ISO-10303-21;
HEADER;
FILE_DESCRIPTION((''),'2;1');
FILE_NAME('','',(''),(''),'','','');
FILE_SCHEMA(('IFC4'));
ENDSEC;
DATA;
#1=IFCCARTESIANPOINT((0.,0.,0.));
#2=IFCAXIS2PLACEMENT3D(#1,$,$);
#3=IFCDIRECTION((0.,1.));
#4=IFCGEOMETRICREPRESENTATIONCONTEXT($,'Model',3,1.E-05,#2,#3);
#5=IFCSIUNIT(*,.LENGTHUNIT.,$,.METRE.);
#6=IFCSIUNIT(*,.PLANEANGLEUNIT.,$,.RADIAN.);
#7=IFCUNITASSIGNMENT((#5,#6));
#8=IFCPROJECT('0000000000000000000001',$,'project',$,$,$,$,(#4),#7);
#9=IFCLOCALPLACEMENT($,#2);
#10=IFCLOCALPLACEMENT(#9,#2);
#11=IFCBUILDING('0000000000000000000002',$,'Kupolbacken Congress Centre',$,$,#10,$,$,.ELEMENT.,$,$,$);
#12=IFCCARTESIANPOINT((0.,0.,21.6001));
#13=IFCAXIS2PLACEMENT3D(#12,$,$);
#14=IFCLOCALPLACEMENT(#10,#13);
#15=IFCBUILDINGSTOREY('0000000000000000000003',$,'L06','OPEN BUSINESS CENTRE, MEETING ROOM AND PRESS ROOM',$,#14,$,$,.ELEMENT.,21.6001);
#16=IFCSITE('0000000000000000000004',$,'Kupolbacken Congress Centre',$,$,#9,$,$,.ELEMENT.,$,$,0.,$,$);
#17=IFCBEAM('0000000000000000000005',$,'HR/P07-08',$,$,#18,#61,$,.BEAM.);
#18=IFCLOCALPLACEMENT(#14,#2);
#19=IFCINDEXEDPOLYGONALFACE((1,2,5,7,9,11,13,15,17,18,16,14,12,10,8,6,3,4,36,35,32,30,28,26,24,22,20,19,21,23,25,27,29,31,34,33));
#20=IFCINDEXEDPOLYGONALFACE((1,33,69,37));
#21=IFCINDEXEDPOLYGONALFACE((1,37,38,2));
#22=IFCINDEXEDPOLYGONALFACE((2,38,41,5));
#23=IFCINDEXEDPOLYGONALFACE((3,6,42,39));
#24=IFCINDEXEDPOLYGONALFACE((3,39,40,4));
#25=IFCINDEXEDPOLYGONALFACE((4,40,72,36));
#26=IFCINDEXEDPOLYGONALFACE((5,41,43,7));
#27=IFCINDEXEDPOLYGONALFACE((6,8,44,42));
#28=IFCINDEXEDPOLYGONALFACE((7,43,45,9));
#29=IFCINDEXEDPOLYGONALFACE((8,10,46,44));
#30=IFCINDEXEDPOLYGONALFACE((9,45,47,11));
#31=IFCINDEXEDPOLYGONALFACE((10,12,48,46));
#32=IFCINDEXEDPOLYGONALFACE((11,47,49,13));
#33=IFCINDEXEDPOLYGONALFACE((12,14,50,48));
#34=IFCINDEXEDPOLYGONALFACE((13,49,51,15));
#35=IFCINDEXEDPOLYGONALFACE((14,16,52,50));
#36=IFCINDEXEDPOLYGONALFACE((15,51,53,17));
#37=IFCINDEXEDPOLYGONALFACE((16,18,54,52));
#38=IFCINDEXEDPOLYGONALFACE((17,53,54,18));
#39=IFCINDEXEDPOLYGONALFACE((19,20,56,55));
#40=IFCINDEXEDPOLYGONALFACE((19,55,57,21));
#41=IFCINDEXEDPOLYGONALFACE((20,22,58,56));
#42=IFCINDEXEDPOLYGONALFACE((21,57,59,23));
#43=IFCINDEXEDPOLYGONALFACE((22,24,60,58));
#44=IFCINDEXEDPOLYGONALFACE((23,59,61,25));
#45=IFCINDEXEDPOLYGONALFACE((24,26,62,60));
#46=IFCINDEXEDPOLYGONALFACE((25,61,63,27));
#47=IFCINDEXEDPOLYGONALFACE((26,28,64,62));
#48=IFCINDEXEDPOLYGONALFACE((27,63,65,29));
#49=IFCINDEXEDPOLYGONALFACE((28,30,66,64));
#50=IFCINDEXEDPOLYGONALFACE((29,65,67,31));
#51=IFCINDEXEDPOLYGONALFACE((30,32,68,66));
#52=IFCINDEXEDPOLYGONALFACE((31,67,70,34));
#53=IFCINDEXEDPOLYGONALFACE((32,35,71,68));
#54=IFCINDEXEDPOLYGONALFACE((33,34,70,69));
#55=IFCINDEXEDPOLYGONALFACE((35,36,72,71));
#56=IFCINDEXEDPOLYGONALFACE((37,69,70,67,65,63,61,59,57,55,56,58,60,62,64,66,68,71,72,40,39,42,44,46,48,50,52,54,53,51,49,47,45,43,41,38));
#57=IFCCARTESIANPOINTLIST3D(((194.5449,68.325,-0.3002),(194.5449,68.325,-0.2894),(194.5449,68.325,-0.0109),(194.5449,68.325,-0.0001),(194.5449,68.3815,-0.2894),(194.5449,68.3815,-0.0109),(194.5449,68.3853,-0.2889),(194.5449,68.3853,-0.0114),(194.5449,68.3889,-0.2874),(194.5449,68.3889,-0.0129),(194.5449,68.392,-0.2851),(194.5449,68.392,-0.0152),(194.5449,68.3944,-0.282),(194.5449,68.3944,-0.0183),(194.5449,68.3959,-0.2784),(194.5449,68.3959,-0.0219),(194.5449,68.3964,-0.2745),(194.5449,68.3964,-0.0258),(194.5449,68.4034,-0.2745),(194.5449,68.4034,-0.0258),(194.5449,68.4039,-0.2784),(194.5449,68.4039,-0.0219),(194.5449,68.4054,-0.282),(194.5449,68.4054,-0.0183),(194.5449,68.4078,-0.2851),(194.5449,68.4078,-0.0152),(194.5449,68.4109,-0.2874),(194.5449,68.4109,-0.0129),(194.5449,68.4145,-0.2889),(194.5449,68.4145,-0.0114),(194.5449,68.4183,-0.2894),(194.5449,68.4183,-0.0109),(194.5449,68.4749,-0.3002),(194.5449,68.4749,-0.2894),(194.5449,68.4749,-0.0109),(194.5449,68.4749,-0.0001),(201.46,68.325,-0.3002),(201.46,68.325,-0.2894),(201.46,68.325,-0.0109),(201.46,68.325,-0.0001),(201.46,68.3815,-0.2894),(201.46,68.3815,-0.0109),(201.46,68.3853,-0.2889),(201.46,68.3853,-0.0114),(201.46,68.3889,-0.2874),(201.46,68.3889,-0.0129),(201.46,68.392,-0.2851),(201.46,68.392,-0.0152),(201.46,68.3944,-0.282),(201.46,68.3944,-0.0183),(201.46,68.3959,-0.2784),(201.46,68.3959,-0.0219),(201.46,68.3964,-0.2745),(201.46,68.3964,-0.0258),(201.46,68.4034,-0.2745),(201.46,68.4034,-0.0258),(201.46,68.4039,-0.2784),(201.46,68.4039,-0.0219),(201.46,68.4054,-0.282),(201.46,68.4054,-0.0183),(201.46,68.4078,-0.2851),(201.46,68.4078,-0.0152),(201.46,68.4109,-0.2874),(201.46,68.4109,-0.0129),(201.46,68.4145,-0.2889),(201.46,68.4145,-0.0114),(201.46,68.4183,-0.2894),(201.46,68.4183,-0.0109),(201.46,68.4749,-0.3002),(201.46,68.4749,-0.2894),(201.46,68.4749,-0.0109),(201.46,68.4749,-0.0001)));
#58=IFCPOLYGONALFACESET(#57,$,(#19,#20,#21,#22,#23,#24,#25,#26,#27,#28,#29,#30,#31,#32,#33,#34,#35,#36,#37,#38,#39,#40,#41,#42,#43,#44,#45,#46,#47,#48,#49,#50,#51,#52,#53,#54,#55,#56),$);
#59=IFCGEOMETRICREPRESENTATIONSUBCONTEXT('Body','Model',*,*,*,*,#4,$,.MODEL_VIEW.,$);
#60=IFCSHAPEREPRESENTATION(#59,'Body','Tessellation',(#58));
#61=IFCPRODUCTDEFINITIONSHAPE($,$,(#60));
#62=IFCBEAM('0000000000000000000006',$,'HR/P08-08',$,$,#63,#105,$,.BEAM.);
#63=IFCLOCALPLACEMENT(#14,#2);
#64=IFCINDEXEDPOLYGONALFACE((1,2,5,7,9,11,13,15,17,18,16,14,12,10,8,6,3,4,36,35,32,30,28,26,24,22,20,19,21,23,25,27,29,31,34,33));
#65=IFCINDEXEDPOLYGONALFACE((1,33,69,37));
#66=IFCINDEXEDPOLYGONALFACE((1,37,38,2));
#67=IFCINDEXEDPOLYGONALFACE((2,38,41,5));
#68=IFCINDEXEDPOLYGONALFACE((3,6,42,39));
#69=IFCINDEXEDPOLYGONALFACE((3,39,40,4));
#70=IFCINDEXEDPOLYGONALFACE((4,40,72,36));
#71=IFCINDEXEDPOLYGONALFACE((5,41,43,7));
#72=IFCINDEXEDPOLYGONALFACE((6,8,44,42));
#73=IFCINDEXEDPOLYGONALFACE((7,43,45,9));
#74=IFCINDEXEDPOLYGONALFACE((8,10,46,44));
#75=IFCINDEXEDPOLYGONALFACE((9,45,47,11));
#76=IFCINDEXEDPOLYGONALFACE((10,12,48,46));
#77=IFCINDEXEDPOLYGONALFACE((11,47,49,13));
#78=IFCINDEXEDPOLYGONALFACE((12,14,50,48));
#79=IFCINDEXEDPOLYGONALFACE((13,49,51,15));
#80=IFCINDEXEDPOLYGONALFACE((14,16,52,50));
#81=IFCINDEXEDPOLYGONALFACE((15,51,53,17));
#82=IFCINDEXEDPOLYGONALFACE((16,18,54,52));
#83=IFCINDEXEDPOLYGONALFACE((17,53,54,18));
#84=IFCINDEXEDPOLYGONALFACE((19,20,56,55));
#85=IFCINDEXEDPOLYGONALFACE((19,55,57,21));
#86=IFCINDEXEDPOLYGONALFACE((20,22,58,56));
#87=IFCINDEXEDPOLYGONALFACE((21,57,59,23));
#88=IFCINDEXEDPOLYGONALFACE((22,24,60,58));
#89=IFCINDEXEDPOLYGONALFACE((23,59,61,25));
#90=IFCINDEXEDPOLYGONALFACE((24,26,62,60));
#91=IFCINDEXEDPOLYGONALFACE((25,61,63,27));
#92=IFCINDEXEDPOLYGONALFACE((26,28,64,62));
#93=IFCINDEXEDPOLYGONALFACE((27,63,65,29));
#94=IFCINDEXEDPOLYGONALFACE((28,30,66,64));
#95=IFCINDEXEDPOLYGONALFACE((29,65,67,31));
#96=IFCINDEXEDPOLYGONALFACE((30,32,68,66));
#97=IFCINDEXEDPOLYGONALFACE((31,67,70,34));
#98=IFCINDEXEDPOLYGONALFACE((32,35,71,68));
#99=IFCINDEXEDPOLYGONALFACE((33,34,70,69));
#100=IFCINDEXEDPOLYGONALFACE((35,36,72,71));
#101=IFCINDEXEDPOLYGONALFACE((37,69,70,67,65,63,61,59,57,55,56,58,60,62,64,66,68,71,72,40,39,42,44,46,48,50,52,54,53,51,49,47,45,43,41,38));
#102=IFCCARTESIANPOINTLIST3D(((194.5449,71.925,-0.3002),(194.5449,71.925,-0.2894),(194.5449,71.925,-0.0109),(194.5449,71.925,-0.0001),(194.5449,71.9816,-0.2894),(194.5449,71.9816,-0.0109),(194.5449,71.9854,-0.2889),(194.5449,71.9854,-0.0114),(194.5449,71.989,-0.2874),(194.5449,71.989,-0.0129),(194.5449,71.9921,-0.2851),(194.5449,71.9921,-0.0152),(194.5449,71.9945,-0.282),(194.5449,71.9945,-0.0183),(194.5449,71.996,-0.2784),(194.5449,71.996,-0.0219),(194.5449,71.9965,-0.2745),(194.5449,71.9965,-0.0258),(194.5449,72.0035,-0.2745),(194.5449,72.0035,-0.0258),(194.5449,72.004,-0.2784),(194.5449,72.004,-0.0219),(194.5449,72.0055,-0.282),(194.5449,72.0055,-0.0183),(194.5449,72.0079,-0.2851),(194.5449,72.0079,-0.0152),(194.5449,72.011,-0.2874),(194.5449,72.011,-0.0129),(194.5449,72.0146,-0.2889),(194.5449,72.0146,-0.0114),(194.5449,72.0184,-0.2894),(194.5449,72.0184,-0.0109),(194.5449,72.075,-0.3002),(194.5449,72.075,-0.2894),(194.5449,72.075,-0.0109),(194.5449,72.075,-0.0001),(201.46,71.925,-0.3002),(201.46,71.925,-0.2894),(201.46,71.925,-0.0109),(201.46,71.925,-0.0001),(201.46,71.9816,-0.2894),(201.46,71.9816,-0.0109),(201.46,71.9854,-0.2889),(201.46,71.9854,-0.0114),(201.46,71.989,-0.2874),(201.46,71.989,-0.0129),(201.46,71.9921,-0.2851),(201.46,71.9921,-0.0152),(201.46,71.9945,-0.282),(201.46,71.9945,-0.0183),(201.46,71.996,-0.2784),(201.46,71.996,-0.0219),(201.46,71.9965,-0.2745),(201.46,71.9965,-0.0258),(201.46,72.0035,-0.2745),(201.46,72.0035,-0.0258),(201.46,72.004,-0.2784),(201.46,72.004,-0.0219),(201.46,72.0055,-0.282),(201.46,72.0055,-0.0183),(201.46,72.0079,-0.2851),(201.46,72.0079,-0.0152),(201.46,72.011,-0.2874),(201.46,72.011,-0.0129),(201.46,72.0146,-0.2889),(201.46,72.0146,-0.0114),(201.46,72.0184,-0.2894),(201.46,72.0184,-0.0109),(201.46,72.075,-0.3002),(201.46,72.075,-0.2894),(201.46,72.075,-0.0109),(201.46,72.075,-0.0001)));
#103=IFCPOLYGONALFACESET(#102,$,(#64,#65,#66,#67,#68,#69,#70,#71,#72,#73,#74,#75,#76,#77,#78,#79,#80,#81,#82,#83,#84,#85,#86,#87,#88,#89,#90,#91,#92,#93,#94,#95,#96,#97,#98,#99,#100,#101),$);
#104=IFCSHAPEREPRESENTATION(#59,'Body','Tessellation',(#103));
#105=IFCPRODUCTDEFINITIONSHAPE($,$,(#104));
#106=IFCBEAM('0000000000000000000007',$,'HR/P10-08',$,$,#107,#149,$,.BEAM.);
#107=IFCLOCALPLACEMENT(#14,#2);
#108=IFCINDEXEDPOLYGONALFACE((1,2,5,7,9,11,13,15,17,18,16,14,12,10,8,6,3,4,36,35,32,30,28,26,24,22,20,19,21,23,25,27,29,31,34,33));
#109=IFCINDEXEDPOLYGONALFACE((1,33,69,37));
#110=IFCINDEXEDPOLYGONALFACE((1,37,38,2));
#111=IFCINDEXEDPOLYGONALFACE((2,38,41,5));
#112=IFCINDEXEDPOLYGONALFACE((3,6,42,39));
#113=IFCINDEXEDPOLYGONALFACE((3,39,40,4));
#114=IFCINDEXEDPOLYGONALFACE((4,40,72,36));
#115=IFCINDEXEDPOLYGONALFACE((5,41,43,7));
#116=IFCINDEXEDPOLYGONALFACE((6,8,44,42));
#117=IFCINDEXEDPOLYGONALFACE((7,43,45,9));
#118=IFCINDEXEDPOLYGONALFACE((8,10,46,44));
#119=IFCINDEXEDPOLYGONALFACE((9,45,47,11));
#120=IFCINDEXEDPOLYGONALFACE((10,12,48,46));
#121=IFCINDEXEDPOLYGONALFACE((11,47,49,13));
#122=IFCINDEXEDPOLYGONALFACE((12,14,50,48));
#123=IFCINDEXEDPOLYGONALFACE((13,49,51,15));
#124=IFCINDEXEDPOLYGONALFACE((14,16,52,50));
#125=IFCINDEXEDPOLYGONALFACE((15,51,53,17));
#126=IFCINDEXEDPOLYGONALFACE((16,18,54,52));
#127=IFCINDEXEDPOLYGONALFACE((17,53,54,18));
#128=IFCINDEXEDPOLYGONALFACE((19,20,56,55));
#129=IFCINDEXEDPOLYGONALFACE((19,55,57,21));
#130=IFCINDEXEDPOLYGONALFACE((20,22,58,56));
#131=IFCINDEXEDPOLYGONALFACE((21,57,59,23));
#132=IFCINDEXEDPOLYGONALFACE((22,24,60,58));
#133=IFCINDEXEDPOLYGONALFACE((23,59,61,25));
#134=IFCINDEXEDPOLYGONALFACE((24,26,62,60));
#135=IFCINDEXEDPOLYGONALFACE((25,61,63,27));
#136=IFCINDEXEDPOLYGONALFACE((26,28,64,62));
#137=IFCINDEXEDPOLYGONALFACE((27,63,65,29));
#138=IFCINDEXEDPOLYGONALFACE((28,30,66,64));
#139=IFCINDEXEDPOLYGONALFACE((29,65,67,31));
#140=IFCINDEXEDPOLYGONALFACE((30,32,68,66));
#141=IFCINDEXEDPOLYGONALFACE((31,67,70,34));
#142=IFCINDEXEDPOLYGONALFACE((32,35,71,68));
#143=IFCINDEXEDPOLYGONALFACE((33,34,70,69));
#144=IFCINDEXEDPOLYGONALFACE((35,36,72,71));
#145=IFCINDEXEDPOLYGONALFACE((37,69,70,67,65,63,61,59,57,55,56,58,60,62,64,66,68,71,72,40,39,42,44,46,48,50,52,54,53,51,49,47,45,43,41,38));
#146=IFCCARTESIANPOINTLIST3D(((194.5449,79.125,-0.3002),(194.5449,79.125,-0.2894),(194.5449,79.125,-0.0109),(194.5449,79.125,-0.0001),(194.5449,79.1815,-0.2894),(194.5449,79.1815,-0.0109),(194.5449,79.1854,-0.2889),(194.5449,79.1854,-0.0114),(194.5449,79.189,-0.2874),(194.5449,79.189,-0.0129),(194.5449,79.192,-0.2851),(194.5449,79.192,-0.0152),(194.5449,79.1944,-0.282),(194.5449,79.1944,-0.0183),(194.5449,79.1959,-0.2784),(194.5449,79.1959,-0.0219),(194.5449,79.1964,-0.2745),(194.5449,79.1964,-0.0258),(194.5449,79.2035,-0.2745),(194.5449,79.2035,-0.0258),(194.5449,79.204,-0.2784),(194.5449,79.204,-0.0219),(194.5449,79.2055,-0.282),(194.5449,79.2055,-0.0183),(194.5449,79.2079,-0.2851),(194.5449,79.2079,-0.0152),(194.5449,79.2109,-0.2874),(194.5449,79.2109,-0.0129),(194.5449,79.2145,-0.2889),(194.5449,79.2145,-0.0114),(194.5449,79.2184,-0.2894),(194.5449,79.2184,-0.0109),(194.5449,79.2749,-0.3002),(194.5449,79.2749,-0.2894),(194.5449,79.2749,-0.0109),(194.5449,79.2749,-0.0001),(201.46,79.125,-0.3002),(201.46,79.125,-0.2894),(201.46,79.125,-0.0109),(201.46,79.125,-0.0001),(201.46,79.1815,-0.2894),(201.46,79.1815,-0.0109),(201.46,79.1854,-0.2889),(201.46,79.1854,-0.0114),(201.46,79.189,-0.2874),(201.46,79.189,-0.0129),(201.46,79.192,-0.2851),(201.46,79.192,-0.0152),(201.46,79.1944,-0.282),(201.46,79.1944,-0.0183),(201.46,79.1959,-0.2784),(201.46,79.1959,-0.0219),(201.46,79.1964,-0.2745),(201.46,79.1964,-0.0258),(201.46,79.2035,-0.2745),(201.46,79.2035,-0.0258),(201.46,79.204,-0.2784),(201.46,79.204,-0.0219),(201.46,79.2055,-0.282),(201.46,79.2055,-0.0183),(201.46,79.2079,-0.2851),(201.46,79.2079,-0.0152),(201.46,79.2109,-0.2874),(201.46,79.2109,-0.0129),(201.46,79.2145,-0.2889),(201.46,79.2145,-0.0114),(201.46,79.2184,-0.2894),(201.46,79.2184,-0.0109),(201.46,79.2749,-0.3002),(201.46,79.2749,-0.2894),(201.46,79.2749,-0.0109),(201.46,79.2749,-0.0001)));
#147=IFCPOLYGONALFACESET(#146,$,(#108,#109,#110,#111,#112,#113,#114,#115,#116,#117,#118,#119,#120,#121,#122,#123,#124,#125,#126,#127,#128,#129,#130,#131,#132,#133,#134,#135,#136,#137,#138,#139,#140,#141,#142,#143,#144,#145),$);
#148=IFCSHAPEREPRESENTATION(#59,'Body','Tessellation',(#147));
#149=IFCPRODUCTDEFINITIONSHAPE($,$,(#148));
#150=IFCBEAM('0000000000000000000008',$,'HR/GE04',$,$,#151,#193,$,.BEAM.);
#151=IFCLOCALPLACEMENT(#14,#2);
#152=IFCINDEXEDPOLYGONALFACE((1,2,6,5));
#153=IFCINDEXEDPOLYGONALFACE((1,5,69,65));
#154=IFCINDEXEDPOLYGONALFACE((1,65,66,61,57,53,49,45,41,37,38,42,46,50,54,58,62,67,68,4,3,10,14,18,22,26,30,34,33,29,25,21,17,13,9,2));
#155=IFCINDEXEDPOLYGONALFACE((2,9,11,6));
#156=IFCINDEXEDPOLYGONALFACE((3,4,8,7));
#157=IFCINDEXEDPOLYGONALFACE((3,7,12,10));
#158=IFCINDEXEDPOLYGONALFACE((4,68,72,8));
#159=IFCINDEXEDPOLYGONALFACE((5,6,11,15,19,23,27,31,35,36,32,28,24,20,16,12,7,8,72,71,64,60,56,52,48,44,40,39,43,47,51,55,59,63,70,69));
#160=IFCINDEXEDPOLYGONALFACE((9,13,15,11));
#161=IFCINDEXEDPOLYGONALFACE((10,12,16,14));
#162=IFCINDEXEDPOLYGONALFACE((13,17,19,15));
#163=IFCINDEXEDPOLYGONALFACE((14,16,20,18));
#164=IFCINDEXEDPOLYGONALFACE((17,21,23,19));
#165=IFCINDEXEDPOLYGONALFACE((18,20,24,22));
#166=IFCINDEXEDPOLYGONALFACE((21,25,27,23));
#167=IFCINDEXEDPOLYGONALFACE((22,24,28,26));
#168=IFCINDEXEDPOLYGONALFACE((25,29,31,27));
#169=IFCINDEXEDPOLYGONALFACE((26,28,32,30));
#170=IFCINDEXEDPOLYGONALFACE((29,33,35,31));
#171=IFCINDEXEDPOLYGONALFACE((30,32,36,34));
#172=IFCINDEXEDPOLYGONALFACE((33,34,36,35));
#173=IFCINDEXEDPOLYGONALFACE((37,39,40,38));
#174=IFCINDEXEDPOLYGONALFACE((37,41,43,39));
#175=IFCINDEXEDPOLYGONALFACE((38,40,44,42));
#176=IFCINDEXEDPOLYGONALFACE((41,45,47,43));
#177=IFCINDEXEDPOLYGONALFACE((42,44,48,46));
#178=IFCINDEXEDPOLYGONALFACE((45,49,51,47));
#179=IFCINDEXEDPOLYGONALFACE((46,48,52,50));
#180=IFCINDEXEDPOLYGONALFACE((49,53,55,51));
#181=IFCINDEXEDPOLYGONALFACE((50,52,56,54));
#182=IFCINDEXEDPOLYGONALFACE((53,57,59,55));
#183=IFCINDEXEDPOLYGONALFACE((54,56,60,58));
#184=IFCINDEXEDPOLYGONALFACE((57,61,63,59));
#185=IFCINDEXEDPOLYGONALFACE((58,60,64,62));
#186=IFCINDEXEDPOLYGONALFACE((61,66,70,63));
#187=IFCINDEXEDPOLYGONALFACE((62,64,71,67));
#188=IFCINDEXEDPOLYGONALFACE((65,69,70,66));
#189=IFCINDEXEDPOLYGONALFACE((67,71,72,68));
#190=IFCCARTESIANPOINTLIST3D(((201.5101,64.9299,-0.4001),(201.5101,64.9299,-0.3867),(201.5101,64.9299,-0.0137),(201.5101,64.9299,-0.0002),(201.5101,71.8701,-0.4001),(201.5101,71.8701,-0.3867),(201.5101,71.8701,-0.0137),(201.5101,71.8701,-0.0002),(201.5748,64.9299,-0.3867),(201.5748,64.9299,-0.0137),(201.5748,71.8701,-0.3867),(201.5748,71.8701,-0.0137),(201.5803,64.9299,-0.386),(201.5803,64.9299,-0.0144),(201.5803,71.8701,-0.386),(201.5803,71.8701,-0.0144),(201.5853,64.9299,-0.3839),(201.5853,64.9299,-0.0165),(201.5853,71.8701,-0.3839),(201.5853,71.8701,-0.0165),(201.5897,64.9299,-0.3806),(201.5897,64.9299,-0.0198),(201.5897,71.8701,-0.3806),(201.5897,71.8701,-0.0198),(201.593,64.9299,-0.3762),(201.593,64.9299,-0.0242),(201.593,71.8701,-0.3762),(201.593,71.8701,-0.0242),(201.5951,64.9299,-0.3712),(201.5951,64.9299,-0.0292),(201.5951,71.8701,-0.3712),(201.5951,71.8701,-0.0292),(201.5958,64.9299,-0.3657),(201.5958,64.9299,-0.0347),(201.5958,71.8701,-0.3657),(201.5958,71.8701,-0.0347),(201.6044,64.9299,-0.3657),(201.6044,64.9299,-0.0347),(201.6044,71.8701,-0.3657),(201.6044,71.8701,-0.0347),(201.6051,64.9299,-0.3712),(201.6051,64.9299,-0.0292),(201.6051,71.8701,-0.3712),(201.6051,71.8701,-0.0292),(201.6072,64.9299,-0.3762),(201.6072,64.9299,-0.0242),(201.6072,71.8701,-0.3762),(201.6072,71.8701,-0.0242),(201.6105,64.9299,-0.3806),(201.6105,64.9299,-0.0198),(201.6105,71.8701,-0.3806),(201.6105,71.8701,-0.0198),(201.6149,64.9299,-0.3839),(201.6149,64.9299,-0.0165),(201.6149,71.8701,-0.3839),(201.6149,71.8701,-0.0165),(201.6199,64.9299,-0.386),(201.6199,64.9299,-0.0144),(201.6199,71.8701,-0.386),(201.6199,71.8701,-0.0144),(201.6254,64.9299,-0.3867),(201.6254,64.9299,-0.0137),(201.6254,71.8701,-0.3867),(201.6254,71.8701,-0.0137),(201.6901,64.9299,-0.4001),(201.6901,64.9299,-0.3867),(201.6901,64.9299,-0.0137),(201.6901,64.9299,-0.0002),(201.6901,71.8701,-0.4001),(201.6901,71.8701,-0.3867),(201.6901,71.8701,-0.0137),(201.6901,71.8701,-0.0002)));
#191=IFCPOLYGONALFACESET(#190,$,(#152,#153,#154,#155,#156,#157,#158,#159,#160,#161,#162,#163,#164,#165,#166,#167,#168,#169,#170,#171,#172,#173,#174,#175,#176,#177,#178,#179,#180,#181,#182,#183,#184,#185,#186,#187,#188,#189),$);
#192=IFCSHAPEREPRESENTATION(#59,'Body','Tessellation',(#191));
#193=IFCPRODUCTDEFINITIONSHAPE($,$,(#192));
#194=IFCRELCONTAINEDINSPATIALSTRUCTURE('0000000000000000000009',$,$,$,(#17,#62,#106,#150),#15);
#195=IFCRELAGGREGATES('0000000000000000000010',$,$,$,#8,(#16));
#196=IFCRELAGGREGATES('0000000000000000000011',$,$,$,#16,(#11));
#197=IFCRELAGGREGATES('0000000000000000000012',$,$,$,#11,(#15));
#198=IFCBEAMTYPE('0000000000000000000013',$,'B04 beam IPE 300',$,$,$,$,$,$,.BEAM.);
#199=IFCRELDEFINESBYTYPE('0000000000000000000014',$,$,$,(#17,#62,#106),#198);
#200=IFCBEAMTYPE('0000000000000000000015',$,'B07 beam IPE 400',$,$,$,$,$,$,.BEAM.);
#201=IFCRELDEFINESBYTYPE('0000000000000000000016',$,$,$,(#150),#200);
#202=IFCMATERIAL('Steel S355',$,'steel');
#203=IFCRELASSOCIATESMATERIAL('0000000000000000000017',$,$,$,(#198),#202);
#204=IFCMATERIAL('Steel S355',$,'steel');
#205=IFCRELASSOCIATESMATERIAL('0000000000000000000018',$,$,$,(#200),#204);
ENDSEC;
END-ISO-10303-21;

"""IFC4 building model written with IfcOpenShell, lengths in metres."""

from ifc_helpers import new_model, si_unit, direction, frame, origin, origin_2d, place, context, subcontext, project, spatial, i_section, extrude, material, material_profile, profile_set, type_object, element, save


model = new_model("IFC4")

# Units and contexts
model_context = context("Model", 3, precision=1e-05, world=origin(), true_north=direction((0.0, 1.0)))
body_context = subcontext(model_context, "Body", "Model", "MODEL_VIEW")
ifc_project = project(units=[si_unit("LENGTHUNIT", "METRE"), si_unit("PLANEANGLEUNIT", "RADIAN")], contexts=[model_context])

# Site, building, storey
site_placement = place(None, origin())
site = spatial("IfcSite", under=ifc_project, at=site_placement, Name="Kupolbacken Congress Centre", CompositionType="ELEMENT", RefElevation=0.0)
building_placement = place(site_placement, origin())
building = spatial("IfcBuilding", under=site, at=building_placement, Name="Kupolbacken Congress Centre", CompositionType="ELEMENT")
storey_placement = place(building_placement, frame((0.0, 0.0, 21.6001)))
storey = spatial("IfcBuildingStorey", under=building, at=storey_placement, Name="L06", Description="OPEN BUSINESS CENTRE, MEETING ROOM AND PRESS ROOM", CompositionType="ELEMENT", Elevation=21.6001)

# Beams
ifc_material_1 = material(Name="Steel S355", Category="steel")
ifc_material_profile_1 = material_profile(ifc_material_1, i_section(OverallWidth=0.1499, OverallDepth=0.3, WebThickness=0.0071, FlangeThickness=0.0107, FilletRadius=0.0149, at=origin_2d()), Name="IPE 300")
ifc_profile_set_1 = profile_set([ifc_material_profile_1], Name="Steel S355")
beam_type_1 = type_object("IfcBeamType", Name="B04 beam IPE 300", PredefinedType="BEAM", material=ifc_profile_set_1)
for number, where, z_axis, x_axis, name in (
    (1, (194.5449, 68.3999, -0.1501), (1.0, 0.0, 0.0), (0.0, 1.0, 0.0), "HR/P07-08"),
    (2, (194.5449, 72.0, -0.1501), (1.0, 0.0, 0.0), (0.0, 1.0, 0.0), "HR/P08-08"),
    (3, (194.5449, 79.2, -0.1501), (1.0, 0.0, 0.0), (0.0, 1.0, 0.0), "HR/P10-08"),
):
    element("IfcBeam", number, at=place(storey_placement, frame(where, z_axis=z_axis, x_axis=x_axis)), inside=storey, type_object=beam_type_1, Name=name, PredefinedType="BEAM", context=body_context, shape_type="SweptSolid", body=[
        extrude(i_section(OverallWidth=0.1499, OverallDepth=0.3, WebThickness=0.0071, FlangeThickness=0.0107, FilletRadius=0.0149, at=origin_2d()), origin(), (0.0, 0.0, 1.0), 6.915),
    ])
ifc_material_2 = material(Name="Steel S355", Category="steel")
ifc_material_profile_2 = material_profile(ifc_material_2, i_section(OverallWidth=0.1799, OverallDepth=0.3999, WebThickness=0.0085, FlangeThickness=0.0134, FilletRadius=0.021, at=origin_2d()), Name="IPE 400")
ifc_profile_set_2 = profile_set([ifc_material_profile_2], Name="Steel S355")
beam_type_2 = type_object("IfcBeamType", Name="B07 beam IPE 400", PredefinedType="BEAM", material=ifc_profile_set_2)
for number, where, z_axis, x_axis, name in (
    (4, (201.6001, 64.9299, -0.2002), (0.0, 1.0, 0.0), (-1.0, 0.0, 0.0), "HR/GE04"),
):
    element("IfcBeam", number, at=place(storey_placement, frame(where, z_axis=z_axis, x_axis=x_axis)), inside=storey, type_object=beam_type_2, Name=name, PredefinedType="BEAM", context=body_context, shape_type="SweptSolid", body=[
        extrude(i_section(OverallWidth=0.1799, OverallDepth=0.3999, WebThickness=0.0085, FlangeThickness=0.0134, FilletRadius=0.021, at=origin_2d()), origin(), (0.0, 0.0, 1.0), 6.9402),
    ])

save(model, "model.ifc")
